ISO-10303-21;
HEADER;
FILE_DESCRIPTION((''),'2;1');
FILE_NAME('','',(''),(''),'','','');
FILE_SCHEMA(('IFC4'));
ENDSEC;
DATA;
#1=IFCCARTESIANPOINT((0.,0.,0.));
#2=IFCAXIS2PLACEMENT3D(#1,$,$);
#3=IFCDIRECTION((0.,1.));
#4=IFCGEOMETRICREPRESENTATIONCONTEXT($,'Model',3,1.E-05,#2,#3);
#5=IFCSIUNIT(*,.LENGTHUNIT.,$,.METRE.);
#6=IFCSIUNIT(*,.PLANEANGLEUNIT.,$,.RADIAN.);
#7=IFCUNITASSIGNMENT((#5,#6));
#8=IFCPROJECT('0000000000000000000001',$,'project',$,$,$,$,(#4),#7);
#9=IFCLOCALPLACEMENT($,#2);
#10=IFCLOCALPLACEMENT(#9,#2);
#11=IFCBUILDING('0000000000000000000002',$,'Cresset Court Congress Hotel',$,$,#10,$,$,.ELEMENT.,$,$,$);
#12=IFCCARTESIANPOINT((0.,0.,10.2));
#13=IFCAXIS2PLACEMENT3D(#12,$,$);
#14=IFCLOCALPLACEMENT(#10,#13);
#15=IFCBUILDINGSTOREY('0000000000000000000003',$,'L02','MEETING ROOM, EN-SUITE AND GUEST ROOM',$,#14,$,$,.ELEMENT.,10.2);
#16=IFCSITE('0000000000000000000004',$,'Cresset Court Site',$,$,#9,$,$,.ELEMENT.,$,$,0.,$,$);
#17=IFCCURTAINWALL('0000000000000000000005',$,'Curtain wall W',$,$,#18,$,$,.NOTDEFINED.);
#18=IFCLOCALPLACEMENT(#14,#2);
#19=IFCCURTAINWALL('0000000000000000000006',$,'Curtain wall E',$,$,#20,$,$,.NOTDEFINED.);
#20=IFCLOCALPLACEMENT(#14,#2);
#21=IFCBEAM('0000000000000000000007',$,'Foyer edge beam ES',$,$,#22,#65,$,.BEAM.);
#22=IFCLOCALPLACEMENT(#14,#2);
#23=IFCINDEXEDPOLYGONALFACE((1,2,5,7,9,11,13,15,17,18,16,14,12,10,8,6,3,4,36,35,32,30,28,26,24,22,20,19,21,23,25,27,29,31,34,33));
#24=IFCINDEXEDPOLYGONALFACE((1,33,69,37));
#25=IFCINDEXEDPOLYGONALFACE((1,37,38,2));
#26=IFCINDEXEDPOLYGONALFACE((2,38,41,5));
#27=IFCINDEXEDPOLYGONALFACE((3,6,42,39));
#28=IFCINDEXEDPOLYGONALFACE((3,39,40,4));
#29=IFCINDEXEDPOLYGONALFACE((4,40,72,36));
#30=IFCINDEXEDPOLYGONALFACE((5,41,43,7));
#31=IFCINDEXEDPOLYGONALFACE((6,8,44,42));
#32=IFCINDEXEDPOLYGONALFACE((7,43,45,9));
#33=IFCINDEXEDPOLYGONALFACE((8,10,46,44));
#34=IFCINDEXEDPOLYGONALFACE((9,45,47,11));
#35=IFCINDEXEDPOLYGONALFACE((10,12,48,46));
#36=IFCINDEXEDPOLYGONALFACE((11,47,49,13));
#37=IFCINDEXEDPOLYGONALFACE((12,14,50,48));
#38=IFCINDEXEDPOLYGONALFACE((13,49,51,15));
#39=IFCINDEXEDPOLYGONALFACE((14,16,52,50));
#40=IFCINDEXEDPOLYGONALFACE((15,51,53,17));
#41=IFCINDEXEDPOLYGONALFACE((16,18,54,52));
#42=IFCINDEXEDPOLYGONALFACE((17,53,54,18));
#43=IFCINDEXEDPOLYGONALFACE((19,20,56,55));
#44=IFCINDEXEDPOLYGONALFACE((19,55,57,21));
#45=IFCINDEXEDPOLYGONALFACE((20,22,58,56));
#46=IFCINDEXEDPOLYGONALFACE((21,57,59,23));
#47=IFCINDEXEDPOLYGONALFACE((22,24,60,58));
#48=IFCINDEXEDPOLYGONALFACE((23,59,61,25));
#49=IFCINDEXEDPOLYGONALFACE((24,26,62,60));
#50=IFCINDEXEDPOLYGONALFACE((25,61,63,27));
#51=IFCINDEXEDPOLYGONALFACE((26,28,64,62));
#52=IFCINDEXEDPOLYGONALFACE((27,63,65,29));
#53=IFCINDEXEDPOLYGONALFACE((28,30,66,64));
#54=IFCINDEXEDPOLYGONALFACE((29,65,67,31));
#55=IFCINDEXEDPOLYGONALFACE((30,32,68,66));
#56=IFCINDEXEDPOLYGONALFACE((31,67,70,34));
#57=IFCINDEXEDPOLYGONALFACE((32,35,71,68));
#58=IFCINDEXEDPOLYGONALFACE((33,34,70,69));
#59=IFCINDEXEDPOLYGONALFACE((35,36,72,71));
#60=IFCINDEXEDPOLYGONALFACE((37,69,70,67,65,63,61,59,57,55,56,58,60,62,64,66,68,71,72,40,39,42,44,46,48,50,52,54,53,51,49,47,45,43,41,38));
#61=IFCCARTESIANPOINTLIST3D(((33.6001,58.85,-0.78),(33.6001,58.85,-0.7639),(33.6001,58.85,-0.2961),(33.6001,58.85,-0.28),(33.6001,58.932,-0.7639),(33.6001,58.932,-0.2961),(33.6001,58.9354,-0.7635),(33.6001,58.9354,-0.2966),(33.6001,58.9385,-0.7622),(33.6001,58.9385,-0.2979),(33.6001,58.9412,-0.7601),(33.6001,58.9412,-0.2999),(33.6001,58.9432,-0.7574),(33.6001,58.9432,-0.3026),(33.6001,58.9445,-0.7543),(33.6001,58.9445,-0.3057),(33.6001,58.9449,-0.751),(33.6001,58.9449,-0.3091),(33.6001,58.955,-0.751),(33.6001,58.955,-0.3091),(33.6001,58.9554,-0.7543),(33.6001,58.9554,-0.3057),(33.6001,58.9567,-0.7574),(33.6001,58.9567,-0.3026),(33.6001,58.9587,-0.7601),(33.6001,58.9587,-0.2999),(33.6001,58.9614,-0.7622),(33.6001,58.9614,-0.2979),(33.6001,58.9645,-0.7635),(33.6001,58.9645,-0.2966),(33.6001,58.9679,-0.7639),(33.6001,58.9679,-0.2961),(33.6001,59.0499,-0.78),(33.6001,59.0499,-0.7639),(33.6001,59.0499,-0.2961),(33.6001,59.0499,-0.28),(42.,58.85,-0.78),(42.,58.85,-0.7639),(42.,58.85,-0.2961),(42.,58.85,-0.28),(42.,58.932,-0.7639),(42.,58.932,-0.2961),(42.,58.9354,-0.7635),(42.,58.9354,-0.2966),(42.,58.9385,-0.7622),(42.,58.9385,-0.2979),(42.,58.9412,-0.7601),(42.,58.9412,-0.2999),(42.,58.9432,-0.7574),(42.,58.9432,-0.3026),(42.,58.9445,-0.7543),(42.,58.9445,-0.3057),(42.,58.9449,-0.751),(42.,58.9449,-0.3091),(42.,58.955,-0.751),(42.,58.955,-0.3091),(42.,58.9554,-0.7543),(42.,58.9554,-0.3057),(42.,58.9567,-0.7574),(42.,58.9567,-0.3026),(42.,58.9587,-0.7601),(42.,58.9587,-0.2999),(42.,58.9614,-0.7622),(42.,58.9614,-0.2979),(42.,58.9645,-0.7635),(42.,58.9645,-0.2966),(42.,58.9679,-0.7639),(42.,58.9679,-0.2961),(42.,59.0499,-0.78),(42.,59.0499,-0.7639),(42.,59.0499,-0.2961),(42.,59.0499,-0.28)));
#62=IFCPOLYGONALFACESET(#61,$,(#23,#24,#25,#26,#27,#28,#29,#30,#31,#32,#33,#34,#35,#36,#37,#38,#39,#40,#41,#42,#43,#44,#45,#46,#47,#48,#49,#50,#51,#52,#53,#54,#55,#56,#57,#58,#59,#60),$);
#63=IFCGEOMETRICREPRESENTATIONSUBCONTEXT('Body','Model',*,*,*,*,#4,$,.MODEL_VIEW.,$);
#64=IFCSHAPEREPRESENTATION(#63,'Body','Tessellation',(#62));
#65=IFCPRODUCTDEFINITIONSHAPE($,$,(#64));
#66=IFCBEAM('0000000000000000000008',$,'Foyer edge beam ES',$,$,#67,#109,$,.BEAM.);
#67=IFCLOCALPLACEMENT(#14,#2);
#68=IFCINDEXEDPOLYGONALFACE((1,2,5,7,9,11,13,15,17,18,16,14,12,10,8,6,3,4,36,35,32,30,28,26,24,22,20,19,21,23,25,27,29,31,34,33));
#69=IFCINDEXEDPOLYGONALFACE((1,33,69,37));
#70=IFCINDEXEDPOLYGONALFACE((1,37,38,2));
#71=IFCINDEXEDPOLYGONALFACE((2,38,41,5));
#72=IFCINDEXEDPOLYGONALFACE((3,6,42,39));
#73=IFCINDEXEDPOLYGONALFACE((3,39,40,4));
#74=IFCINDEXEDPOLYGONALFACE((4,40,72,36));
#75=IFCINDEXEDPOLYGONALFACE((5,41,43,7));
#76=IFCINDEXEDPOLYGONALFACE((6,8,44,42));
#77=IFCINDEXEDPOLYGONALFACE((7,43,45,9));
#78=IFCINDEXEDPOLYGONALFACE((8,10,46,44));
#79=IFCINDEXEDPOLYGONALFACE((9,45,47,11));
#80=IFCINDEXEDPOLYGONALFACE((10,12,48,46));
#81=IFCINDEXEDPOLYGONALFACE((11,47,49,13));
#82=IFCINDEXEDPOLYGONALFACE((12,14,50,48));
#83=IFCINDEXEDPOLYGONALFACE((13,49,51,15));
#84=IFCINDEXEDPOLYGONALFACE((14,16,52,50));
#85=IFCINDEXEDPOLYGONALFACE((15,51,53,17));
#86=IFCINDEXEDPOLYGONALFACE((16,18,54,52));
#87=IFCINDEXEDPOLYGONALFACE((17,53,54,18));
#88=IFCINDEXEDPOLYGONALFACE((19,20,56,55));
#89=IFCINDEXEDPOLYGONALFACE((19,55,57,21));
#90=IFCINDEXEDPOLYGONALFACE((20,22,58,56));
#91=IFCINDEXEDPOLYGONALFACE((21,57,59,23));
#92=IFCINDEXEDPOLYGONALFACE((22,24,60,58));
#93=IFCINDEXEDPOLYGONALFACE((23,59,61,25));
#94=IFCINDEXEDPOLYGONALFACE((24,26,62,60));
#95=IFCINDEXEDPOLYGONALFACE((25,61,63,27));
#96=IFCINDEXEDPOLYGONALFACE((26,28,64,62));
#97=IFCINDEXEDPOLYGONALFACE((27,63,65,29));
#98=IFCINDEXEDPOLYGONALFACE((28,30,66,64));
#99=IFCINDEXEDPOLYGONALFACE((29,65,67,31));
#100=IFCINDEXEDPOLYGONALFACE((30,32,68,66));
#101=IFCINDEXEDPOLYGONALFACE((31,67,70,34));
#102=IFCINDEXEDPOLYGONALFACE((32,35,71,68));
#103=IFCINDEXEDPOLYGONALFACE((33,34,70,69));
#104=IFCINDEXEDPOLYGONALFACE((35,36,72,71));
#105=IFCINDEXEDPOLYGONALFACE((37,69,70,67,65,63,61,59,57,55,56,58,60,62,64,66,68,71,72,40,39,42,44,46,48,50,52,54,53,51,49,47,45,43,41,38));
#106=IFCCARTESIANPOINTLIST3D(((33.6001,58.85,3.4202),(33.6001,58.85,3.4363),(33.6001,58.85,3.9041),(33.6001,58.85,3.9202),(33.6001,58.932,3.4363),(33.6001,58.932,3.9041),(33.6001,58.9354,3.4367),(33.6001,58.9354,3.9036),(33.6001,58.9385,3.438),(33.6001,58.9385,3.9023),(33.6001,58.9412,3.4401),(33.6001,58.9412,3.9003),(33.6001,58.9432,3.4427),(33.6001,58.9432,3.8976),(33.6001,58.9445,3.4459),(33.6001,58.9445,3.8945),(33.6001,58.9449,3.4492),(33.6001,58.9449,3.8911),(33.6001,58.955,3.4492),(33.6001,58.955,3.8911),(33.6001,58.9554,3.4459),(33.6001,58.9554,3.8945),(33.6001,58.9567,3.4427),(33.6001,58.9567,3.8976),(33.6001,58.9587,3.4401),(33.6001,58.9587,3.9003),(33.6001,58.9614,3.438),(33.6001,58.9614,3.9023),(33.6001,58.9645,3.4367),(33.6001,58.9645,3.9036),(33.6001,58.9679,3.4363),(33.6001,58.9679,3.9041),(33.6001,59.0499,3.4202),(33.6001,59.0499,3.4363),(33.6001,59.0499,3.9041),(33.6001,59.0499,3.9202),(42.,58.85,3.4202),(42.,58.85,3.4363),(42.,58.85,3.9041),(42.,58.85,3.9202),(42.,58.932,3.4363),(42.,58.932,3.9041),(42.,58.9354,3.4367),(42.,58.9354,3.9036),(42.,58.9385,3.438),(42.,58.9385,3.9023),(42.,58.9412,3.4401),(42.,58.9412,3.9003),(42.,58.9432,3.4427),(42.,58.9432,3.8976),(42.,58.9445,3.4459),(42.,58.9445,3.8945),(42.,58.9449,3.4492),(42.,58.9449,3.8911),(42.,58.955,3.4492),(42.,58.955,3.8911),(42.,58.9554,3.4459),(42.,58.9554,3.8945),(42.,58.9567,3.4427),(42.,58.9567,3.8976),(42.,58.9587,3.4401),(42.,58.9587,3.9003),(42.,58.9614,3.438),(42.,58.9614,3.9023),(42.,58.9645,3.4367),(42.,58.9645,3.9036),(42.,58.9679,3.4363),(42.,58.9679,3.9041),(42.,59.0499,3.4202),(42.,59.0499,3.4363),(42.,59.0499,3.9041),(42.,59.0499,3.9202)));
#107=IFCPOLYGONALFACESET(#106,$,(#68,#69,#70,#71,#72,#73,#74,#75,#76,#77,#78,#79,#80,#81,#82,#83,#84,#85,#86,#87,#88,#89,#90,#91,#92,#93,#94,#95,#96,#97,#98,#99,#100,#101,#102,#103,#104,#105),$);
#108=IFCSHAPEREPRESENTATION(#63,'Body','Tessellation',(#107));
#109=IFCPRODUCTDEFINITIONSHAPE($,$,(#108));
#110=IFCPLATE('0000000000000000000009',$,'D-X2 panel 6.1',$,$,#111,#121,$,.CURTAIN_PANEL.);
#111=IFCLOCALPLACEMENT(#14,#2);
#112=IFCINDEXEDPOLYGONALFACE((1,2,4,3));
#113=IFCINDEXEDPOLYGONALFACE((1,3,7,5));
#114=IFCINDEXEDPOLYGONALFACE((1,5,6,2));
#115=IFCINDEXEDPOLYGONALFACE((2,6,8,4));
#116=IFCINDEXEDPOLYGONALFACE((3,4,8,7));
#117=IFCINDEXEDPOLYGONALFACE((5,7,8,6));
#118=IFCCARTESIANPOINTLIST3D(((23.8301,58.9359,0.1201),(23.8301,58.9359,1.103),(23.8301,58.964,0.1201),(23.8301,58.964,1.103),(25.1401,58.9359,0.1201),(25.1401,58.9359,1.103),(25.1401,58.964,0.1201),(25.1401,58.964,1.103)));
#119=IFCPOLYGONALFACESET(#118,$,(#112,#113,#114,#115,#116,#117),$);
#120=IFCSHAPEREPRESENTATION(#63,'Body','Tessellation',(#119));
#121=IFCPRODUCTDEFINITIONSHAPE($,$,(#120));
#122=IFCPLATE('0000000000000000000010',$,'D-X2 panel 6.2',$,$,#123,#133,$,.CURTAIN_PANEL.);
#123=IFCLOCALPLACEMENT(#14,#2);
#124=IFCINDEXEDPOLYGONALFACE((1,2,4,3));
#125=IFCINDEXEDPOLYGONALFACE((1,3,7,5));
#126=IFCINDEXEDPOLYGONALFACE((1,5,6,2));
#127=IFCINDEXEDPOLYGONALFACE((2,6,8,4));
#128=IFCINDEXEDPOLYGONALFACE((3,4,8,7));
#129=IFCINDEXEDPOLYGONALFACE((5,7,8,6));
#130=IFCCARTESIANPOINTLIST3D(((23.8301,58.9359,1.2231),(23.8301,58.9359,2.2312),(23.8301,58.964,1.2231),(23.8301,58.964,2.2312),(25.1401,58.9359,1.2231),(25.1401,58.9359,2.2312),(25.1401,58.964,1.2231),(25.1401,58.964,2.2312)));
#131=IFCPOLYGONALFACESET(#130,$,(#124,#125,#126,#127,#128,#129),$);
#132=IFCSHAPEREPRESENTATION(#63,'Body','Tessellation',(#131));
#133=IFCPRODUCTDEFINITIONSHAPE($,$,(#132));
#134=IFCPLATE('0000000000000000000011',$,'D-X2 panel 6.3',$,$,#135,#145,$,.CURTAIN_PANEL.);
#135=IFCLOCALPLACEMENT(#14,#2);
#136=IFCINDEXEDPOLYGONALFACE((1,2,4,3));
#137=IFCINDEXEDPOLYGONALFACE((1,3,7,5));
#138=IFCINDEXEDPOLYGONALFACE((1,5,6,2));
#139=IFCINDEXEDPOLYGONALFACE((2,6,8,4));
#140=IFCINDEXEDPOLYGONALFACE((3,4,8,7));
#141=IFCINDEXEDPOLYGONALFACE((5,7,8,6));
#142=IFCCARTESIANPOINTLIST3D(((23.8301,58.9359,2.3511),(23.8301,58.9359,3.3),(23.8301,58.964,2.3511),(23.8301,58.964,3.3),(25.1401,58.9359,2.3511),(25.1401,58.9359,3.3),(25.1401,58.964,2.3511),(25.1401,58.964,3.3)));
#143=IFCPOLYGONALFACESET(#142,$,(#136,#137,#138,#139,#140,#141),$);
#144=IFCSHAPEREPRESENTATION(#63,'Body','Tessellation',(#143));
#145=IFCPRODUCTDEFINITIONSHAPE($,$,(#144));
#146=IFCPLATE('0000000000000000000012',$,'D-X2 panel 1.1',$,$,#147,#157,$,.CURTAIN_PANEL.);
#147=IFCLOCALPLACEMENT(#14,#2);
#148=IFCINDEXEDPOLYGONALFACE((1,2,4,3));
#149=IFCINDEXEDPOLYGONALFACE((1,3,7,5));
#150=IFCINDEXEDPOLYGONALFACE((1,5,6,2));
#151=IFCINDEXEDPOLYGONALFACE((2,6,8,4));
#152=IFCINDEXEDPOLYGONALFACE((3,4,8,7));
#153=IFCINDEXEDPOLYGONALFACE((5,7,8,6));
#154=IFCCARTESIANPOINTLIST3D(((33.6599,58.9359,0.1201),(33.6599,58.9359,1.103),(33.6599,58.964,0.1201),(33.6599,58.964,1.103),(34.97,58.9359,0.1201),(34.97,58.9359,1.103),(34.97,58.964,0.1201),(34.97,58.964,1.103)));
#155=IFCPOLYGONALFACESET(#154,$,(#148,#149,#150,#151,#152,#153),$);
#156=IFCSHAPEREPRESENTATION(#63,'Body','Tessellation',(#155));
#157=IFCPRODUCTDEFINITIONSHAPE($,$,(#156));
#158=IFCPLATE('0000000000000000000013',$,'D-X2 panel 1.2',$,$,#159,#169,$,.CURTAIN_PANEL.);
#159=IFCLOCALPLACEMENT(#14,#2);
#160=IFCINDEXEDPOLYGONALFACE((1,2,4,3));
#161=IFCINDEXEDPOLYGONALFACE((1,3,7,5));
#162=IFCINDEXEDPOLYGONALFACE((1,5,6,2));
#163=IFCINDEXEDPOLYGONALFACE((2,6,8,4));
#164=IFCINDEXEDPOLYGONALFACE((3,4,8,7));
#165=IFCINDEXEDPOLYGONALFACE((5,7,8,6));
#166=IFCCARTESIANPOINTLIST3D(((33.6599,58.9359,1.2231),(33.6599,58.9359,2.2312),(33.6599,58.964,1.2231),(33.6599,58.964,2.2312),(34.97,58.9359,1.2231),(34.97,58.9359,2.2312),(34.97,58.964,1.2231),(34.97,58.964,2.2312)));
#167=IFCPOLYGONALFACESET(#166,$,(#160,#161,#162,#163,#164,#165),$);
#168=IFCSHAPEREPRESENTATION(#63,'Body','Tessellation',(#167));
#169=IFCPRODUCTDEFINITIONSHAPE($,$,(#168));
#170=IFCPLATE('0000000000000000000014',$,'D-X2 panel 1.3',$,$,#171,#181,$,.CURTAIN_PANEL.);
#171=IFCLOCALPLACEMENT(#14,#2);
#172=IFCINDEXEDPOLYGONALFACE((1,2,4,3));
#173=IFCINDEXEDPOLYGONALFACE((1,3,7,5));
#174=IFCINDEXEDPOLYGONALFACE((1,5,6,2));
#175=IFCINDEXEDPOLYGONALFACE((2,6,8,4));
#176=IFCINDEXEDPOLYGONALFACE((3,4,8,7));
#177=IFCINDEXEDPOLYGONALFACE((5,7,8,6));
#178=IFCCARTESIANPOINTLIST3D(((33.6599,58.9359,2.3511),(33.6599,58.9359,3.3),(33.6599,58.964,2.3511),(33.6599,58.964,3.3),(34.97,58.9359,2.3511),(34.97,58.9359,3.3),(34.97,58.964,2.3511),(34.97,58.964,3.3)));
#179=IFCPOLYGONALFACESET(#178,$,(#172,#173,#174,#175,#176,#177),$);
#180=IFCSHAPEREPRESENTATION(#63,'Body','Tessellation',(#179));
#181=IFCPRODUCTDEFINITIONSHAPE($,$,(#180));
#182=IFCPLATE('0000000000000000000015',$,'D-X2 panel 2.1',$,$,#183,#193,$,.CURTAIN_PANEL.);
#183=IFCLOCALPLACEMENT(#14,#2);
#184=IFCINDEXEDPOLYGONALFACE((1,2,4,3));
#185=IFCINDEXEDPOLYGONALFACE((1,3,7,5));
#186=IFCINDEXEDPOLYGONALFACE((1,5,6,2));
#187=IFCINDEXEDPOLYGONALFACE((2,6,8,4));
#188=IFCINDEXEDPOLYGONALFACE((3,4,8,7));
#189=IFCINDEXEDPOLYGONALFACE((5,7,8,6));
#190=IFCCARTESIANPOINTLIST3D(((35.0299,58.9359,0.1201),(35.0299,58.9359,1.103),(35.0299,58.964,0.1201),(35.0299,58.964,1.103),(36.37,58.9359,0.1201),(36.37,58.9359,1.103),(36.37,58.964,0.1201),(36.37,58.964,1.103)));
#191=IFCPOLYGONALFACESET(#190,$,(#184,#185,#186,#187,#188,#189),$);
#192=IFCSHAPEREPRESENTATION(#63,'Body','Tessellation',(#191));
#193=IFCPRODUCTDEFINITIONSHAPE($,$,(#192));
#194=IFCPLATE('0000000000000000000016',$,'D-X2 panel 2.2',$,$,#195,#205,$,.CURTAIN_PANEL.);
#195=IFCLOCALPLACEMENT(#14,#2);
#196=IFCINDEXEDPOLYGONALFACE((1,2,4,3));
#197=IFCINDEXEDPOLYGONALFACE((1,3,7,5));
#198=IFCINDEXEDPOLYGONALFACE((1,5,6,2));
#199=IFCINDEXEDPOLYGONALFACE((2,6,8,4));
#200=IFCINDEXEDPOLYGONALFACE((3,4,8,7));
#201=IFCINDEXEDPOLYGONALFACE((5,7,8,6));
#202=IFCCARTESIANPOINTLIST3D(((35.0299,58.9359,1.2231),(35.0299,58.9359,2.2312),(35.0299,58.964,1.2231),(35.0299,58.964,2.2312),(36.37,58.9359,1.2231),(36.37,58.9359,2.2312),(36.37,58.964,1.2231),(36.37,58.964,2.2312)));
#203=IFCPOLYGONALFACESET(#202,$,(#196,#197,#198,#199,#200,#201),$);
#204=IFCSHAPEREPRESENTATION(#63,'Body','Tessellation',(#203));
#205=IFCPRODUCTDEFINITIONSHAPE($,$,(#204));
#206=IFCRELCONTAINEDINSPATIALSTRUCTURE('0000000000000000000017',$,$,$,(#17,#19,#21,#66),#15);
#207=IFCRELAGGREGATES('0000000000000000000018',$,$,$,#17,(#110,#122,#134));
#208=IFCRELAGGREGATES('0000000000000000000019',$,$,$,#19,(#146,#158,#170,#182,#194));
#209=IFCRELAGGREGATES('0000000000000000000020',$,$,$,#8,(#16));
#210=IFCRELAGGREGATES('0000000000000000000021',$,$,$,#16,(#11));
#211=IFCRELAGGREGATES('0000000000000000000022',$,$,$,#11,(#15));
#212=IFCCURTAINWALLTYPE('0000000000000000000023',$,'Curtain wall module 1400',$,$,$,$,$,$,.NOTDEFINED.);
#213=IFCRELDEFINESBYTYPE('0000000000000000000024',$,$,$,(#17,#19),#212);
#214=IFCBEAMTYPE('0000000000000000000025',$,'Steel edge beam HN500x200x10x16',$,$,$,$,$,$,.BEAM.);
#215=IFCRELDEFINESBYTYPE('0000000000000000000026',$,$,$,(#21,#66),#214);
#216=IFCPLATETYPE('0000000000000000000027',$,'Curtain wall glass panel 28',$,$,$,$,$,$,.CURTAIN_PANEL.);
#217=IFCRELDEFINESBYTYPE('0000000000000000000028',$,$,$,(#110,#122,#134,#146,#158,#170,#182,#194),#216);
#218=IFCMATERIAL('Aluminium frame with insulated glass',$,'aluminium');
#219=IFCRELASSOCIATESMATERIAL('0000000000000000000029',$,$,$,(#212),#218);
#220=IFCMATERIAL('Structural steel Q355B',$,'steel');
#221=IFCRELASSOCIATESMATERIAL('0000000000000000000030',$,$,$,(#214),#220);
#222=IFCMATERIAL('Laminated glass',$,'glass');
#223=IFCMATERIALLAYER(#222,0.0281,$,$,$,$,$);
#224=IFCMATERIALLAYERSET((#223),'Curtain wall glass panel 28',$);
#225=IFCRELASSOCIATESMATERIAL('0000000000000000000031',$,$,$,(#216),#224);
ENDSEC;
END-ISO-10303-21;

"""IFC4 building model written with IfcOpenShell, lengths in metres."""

from ifc_helpers import new_model, si_unit, direction, frame, origin, origin_2d, place, context, subcontext, project, spatial, rectangle, i_section, extrude, material, layer, layer_set, material_profile, profile_set, type_object, element, aggregate, save


model = new_model("IFC4")

# Units and contexts
model_context = context("Model", 3, precision=1e-05, world=origin(), true_north=direction((0.0, 1.0)))
body_context = subcontext(model_context, "Body", "Model", "MODEL_VIEW")
ifc_project = project(units=[si_unit("LENGTHUNIT", "METRE"), si_unit("PLANEANGLEUNIT", "RADIAN")], contexts=[model_context])

# Site, building, storey
site_placement = place(None, origin())
site = spatial("IfcSite", under=ifc_project, at=site_placement, Name="Cresset Court Site", CompositionType="ELEMENT", RefElevation=0.0)
building_placement = place(site_placement, origin())
building = spatial("IfcBuilding", under=site, at=building_placement, Name="Cresset Court Congress Hotel", CompositionType="ELEMENT")
storey_placement = place(building_placement, frame((0.0, 0.0, 10.2)))
storey = spatial("IfcBuildingStorey", under=building, at=storey_placement, Name="L02", Description="MEETING ROOM, EN-SUITE AND GUEST ROOM", CompositionType="ELEMENT", Elevation=10.2)

# Curtain walls
ifc_material_1 = material(Name="Aluminium frame with insulated glass", Category="aluminium")
curtain_wall_type = type_object("IfcCurtainWallType", Name="Curtain wall module 1400", PredefinedType="NOTDEFINED", material=ifc_material_1)
curtain_wall_1_placement = place(storey_placement, origin())
curtain_wall_1 = element("IfcCurtainWall", 1, at=curtain_wall_1_placement, inside=storey, type_object=curtain_wall_type, Name="Curtain wall W", PredefinedType="NOTDEFINED")
curtain_wall_2_placement = place(storey_placement, origin())
curtain_wall_2 = element("IfcCurtainWall", 2, at=curtain_wall_2_placement, inside=storey, type_object=curtain_wall_type, Name="Curtain wall E", PredefinedType="NOTDEFINED")

# Beams
ifc_material_2 = material(Name="Structural steel Q355B", Category="steel")
ifc_material_profile_1 = material_profile(ifc_material_2, i_section(OverallWidth=0.2, OverallDepth=0.5, WebThickness=0.01, FlangeThickness=0.0161, FilletRadius=0.0129, at=origin_2d()), Name="HN500x200x10x16")
ifc_profile_set_1 = profile_set([ifc_material_profile_1], Name="Structural steel Q355B")
beam_type = type_object("IfcBeamType", Name="Steel edge beam HN500x200x10x16", PredefinedType="BEAM", material=ifc_profile_set_1)
for number, where, z_axis, x_axis, name in (
    (3, (33.6001, 58.95, -0.53), (1.0, 0.0, 0.0), (0.0, 1.0, 0.0), "Foyer edge beam ES"),
    (4, (33.6001, 58.95, 3.6702), (1.0, 0.0, 0.0), (0.0, 1.0, 0.0), "Foyer edge beam ES"),
):
    element("IfcBeam", number, at=place(storey_placement, frame(where, z_axis=z_axis, x_axis=x_axis)), inside=storey, type_object=beam_type, Name=name, PredefinedType="BEAM", context=body_context, shape_type="SweptSolid", body=[
        extrude(i_section(OverallWidth=0.2, OverallDepth=0.5, WebThickness=0.01, FlangeThickness=0.0161, FilletRadius=0.0129, at=origin_2d()), origin(), (0.0, 0.0, 1.0), 8.3999),
    ])

# Plates
ifc_material_3 = material(Name="Laminated glass", Category="glass")
ifc_layer = layer(ifc_material_3, 0.0281)
ifc_layer_set = layer_set([ifc_layer], Name="Curtain wall glass panel 28")
plate_type = type_object("IfcPlateType", Name="Curtain wall glass panel 28", PredefinedType="CURTAIN_PANEL", material=ifc_layer_set)
plate_1_placement = place(storey_placement, frame((24.4851, 58.95, 0.1201), z_axis=(0.0, 0.0, 1.0), x_axis=(1.0, 0.0, 0.0)))
plate_1 = element("IfcPlate", 5, at=plate_1_placement, type_object=plate_type, Name="D-X2 panel 6.1", PredefinedType="CURTAIN_PANEL", context=body_context, shape_type="SweptSolid", body=[
    extrude(rectangle(XDim=1.3101, YDim=0.0281, at=origin_2d()), origin(), (0.0, 0.0, 1.0), 0.9829),
])
plate_2_placement = place(storey_placement, frame((24.4851, 58.95, 1.2231), z_axis=(0.0, 0.0, 1.0), x_axis=(1.0, 0.0, 0.0)))
plate_2 = element("IfcPlate", 6, at=plate_2_placement, type_object=plate_type, Name="D-X2 panel 6.2", PredefinedType="CURTAIN_PANEL", context=body_context, shape_type="SweptSolid", body=[
    extrude(rectangle(XDim=1.3101, YDim=0.0281, at=origin_2d()), origin(), (0.0, 0.0, 1.0), 1.0081),
])
plate_3_placement = place(storey_placement, frame((24.4851, 58.95, 2.3511), z_axis=(0.0, 0.0, 1.0), x_axis=(1.0, 0.0, 0.0)))
plate_3 = element("IfcPlate", 7, at=plate_3_placement, type_object=plate_type, Name="D-X2 panel 6.3", PredefinedType="CURTAIN_PANEL", context=body_context, shape_type="SweptSolid", body=[
    extrude(rectangle(XDim=1.3101, YDim=0.0281, at=origin_2d()), origin(), (0.0, 0.0, 1.0), 0.949),
])
aggregate(curtain_wall_1, [plate_1, plate_2, plate_3])
plate_4_placement = place(storey_placement, frame((34.3149, 58.95, 0.1201), z_axis=(0.0, 0.0, 1.0), x_axis=(1.0, 0.0, 0.0)))
plate_4 = element("IfcPlate", 8, at=plate_4_placement, type_object=plate_type, Name="D-X2 panel 1.1", PredefinedType="CURTAIN_PANEL", context=body_context, shape_type="SweptSolid", body=[
    extrude(rectangle(XDim=1.3101, YDim=0.0281, at=origin_2d()), origin(), (0.0, 0.0, 1.0), 0.9829),
])
plate_5_placement = place(storey_placement, frame((34.3149, 58.95, 1.2231), z_axis=(0.0, 0.0, 1.0), x_axis=(1.0, 0.0, 0.0)))
plate_5 = element("IfcPlate", 9, at=plate_5_placement, type_object=plate_type, Name="D-X2 panel 1.2", PredefinedType="CURTAIN_PANEL", context=body_context, shape_type="SweptSolid", body=[
    extrude(rectangle(XDim=1.3101, YDim=0.0281, at=origin_2d()), origin(), (0.0, 0.0, 1.0), 1.0081),
])
plate_6_placement = place(storey_placement, frame((34.3149, 58.95, 2.3511), z_axis=(0.0, 0.0, 1.0), x_axis=(1.0, 0.0, 0.0)))
plate_6 = element("IfcPlate", 10, at=plate_6_placement, type_object=plate_type, Name="D-X2 panel 1.3", PredefinedType="CURTAIN_PANEL", context=body_context, shape_type="SweptSolid", body=[
    extrude(rectangle(XDim=1.3101, YDim=0.0281, at=origin_2d()), origin(), (0.0, 0.0, 1.0), 0.949),
])
plate_7_placement = place(storey_placement, frame((35.7, 58.95, 0.1201), z_axis=(0.0, 0.0, 1.0), x_axis=(1.0, 0.0, 0.0)))
plate_7 = element("IfcPlate", 11, at=plate_7_placement, type_object=plate_type, Name="D-X2 panel 2.1", PredefinedType="CURTAIN_PANEL", context=body_context, shape_type="SweptSolid", body=[
    extrude(rectangle(XDim=1.3401, YDim=0.0281, at=origin_2d()), origin(), (0.0, 0.0, 1.0), 0.9829),
])
plate_8_placement = place(storey_placement, frame((35.7, 58.95, 1.2231), z_axis=(0.0, 0.0, 1.0), x_axis=(1.0, 0.0, 0.0)))
plate_8 = element("IfcPlate", 12, at=plate_8_placement, type_object=plate_type, Name="D-X2 panel 2.2", PredefinedType="CURTAIN_PANEL", context=body_context, shape_type="SweptSolid", body=[
    extrude(rectangle(XDim=1.3401, YDim=0.0281, at=origin_2d()), origin(), (0.0, 0.0, 1.0), 1.0081),
])
aggregate(curtain_wall_2, [plate_4, plate_5, plate_6, plate_7, plate_8])

save(model, "model.ifc")
